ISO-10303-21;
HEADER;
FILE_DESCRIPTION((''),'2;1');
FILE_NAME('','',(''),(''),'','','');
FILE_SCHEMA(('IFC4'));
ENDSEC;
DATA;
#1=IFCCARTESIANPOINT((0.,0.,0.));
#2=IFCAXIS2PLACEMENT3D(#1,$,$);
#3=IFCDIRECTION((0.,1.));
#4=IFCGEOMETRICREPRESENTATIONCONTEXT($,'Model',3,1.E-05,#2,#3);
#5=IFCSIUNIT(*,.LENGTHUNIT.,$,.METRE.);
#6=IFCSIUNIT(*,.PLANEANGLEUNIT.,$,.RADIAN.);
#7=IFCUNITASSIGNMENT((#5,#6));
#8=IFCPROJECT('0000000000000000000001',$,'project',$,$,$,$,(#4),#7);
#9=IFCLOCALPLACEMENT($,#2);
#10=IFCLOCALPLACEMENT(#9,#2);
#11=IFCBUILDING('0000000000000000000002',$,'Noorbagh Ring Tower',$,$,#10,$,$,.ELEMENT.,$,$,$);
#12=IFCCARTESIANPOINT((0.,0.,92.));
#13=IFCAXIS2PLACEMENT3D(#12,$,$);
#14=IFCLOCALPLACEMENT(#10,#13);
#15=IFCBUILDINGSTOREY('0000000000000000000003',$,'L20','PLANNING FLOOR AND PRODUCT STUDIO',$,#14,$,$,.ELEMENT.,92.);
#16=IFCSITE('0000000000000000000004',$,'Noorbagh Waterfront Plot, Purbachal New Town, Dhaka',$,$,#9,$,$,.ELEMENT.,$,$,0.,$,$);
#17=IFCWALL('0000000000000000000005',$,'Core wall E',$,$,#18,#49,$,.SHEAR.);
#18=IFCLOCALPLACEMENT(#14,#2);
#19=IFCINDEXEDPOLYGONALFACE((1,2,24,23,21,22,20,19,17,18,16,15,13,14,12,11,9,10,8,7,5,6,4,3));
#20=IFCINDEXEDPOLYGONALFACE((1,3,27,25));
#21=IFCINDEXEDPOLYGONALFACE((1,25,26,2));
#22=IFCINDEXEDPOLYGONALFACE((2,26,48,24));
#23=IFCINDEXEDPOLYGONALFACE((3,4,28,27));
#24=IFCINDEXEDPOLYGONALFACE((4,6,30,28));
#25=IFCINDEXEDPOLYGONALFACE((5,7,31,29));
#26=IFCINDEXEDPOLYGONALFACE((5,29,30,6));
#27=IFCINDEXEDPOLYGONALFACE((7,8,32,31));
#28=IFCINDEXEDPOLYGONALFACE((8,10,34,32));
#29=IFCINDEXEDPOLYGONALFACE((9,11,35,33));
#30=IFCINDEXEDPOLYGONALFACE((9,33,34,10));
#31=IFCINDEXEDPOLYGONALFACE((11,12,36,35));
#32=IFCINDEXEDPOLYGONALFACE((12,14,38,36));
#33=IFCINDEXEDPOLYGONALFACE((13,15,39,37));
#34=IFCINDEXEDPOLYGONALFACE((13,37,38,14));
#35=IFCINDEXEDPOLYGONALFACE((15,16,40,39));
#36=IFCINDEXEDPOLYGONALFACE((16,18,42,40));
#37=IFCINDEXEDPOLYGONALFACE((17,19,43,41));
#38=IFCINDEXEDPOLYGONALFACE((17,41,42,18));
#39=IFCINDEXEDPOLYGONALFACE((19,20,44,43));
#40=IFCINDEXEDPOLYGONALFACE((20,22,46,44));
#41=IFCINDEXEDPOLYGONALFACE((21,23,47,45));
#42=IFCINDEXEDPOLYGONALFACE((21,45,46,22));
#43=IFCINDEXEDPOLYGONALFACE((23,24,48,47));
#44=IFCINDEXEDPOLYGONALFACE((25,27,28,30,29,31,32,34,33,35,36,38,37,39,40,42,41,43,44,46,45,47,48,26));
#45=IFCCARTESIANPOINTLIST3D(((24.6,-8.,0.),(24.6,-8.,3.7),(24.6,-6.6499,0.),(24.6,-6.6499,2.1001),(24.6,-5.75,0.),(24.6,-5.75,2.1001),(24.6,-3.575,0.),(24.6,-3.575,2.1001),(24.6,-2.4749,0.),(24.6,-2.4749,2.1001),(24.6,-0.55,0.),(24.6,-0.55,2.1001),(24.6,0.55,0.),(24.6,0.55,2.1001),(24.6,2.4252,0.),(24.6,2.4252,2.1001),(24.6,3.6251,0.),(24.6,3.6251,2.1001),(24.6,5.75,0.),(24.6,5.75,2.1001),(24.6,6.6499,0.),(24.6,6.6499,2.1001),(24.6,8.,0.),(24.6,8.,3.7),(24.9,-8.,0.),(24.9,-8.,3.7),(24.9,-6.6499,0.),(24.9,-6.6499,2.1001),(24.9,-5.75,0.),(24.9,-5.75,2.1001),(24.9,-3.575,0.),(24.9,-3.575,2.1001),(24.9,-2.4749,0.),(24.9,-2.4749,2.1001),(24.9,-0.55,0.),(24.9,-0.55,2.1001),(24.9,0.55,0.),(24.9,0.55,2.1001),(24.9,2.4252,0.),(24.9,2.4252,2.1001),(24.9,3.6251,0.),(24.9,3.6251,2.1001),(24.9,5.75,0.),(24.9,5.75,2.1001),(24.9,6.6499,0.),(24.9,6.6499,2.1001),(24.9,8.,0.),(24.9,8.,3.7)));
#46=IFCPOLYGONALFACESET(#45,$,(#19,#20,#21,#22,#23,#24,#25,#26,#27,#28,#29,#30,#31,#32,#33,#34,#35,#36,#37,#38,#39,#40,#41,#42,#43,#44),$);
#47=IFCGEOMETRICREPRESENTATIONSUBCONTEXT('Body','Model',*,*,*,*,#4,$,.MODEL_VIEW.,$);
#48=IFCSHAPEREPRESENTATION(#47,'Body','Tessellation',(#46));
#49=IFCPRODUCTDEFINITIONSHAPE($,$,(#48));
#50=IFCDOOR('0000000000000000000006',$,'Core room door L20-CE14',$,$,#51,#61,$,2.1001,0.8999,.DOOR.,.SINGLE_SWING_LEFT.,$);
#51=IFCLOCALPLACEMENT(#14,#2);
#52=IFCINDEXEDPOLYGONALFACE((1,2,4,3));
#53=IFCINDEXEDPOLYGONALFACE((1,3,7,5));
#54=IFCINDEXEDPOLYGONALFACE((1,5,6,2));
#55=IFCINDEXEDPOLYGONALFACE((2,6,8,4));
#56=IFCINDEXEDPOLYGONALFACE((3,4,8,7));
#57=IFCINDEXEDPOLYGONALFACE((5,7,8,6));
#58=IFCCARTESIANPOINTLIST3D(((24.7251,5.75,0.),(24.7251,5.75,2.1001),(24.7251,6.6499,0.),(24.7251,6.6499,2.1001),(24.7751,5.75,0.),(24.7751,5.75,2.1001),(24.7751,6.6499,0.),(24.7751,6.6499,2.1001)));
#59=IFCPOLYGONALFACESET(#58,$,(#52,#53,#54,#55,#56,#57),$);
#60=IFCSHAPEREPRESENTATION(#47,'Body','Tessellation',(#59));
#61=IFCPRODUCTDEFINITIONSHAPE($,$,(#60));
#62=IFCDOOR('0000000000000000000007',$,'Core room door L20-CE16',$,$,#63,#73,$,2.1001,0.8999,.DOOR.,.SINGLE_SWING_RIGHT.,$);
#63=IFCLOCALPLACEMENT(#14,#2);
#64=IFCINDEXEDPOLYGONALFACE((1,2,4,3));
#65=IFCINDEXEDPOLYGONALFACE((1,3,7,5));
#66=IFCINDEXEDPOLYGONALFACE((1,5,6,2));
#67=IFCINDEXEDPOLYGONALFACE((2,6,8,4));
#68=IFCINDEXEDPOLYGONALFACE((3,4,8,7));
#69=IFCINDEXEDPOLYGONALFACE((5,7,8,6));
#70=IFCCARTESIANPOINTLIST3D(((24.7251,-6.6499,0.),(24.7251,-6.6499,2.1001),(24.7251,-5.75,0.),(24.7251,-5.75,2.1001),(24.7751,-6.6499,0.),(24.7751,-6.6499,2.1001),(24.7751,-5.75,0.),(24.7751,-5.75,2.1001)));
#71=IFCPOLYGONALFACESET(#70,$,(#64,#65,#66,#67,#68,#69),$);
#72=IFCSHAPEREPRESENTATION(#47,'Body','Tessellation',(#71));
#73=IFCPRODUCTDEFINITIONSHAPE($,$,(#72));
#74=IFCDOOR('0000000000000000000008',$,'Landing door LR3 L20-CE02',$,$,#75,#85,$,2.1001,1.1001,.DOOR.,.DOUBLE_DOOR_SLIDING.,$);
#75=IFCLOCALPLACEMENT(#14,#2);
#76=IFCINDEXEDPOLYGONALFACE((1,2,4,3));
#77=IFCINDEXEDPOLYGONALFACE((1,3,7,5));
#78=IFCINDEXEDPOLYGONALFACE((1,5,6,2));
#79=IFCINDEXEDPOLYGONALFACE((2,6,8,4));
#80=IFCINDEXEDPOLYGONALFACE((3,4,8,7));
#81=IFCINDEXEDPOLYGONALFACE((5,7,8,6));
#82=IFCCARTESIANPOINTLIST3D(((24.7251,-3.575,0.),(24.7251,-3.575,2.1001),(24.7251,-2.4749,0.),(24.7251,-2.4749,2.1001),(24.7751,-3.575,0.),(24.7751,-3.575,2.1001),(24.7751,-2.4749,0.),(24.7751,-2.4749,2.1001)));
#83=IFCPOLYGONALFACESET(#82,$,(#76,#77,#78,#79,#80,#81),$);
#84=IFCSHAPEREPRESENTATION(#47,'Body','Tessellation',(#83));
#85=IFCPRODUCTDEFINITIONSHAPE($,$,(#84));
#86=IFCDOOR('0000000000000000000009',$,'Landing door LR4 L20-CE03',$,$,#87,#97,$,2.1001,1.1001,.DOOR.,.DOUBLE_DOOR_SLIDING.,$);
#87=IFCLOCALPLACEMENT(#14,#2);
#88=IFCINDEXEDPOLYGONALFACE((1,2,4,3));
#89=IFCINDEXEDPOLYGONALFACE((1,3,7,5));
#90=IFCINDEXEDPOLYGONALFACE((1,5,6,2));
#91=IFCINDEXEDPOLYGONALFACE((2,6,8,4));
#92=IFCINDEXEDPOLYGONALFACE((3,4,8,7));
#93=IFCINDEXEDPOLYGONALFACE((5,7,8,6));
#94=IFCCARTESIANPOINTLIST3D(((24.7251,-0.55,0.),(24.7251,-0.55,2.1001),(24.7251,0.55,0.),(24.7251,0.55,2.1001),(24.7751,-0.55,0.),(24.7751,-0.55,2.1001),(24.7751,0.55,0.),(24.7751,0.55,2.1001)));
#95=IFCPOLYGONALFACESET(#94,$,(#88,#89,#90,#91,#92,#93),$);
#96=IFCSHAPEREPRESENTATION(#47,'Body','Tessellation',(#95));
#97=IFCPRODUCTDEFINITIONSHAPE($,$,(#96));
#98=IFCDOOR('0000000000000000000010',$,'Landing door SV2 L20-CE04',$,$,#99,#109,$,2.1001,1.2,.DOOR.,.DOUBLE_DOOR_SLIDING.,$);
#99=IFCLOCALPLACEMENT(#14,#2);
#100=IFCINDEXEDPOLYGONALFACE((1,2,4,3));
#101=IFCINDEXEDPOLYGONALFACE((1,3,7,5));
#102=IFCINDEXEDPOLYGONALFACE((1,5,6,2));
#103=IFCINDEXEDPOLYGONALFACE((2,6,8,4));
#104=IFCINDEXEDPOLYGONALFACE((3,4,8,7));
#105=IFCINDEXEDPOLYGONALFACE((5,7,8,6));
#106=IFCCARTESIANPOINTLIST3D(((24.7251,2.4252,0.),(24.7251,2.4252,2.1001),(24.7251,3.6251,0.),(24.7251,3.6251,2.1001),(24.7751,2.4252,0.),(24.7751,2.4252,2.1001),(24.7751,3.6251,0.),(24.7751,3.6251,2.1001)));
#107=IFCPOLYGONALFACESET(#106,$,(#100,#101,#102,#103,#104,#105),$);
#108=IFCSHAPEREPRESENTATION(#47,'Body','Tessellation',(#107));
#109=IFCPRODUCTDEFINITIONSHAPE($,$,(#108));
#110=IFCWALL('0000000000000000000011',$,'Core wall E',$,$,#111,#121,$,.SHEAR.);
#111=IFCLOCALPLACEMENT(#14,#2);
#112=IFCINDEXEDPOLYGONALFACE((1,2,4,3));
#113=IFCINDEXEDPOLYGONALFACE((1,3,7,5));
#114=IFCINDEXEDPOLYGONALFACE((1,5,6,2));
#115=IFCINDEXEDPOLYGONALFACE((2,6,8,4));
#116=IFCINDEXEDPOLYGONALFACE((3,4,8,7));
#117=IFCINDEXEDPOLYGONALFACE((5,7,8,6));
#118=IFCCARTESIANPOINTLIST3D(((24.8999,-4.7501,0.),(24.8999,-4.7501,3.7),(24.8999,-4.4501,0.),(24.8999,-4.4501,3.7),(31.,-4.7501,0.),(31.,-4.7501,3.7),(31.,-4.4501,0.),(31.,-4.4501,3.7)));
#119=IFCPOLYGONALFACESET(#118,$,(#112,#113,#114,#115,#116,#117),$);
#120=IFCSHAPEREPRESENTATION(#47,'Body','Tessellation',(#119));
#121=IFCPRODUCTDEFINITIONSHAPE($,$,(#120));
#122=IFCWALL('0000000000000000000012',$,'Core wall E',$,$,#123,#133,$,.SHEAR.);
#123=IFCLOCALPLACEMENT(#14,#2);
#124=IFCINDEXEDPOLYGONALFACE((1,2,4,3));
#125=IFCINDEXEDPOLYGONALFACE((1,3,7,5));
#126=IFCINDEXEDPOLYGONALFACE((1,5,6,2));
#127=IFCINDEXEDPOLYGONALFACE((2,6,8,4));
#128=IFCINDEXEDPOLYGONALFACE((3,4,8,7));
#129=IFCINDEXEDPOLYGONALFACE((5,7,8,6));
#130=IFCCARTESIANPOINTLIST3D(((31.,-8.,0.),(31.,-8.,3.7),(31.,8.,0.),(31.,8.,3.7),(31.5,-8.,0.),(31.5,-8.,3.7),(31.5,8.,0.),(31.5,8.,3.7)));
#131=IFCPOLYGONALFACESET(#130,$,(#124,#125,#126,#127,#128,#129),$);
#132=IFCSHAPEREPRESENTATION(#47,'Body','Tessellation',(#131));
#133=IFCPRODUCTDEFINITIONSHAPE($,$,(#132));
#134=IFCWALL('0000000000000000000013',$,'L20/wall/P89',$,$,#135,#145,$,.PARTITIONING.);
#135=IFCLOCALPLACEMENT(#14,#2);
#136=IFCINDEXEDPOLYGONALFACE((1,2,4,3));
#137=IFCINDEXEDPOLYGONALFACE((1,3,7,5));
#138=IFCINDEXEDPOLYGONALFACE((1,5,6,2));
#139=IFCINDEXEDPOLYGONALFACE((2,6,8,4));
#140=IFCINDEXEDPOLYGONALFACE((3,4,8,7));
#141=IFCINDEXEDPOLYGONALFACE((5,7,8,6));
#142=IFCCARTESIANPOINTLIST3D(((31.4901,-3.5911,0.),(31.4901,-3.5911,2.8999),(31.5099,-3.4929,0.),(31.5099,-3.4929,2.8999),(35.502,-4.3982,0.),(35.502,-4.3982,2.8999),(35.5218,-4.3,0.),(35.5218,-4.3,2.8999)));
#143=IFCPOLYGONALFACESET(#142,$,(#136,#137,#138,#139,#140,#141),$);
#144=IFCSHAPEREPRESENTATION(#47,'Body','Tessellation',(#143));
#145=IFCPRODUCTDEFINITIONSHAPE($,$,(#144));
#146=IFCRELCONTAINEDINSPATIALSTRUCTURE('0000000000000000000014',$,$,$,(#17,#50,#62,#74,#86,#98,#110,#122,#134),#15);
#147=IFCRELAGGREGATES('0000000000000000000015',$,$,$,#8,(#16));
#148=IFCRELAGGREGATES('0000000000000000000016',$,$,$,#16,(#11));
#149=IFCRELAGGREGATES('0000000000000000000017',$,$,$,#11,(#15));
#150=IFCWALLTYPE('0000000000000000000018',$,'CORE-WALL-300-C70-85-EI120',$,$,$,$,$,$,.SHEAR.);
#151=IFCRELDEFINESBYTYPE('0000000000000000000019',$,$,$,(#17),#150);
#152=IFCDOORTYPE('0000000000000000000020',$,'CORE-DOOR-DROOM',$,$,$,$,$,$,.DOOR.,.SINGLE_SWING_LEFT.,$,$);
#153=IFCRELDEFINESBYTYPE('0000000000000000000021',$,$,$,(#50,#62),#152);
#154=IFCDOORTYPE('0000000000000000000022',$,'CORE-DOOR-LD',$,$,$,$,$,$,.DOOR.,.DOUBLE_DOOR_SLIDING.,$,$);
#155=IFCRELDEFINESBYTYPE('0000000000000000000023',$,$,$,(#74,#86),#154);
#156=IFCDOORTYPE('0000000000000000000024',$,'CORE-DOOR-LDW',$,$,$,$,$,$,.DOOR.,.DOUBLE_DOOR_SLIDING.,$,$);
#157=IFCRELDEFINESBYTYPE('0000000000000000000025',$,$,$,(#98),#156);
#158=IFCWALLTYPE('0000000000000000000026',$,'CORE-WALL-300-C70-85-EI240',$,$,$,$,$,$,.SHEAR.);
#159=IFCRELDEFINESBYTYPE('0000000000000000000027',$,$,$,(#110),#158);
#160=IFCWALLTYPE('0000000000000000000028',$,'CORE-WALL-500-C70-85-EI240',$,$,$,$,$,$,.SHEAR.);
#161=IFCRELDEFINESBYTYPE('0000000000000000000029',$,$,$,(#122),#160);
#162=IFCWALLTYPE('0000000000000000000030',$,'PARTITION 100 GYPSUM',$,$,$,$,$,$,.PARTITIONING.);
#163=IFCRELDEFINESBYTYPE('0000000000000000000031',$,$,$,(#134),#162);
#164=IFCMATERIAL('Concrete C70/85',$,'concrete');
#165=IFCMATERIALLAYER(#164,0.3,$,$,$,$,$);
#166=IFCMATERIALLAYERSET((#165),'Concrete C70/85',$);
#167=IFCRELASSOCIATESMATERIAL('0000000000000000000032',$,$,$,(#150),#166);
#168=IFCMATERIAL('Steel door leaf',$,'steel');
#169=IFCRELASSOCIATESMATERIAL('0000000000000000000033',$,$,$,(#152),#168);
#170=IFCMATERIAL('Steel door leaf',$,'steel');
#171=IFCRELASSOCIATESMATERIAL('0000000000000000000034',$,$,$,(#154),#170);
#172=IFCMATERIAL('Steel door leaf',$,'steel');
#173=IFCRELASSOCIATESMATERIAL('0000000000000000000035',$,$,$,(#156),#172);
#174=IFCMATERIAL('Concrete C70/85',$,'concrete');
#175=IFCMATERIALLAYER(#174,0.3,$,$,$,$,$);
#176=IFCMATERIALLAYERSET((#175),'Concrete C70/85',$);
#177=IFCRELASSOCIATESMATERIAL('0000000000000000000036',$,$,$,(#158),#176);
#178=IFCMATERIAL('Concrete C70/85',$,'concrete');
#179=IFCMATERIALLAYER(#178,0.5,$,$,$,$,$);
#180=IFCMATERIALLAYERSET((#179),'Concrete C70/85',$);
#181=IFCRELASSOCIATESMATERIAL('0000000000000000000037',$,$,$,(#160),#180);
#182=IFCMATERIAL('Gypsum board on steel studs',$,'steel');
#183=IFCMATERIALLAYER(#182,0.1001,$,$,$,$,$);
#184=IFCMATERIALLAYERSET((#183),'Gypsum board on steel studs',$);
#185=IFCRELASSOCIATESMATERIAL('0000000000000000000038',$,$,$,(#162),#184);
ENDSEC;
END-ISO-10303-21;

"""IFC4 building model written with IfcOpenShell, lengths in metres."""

from ifc_helpers import new_model, si_unit, direction, frame, frame_2d, origin, place, context, subcontext, project, spatial, rectangle, extrude, material, layer, layer_set, type_object, element, fill, save


model = new_model("IFC4")

# Units and contexts
model_context = context("Model", 3, precision=1e-05, world=origin(), true_north=direction((0.0, 1.0)))
body_context = subcontext(model_context, "Body", "Model", "MODEL_VIEW")
ifc_project = project(units=[si_unit("LENGTHUNIT", "METRE"), si_unit("PLANEANGLEUNIT", "RADIAN")], contexts=[model_context])

# Site, building, storey
site_placement = place(None, origin())
site = spatial("IfcSite", under=ifc_project, at=site_placement, Name="Noorbagh Waterfront Plot, Purbachal New Town, Dhaka", CompositionType="ELEMENT", RefElevation=0.0)
building_placement = place(site_placement, origin())
building = spatial("IfcBuilding", under=site, at=building_placement, Name="Noorbagh Ring Tower", CompositionType="ELEMENT")
storey_placement = place(building_placement, frame((0.0, 0.0, 92.0)))
storey = spatial("IfcBuildingStorey", under=building, at=storey_placement, Name="L20", Description="PLANNING FLOOR AND PRODUCT STUDIO", CompositionType="ELEMENT", Elevation=92.0)

# Shared definitions
ifc_material_1 = material(Name="Concrete C70/85", Category="concrete")
ifc_layer_1 = layer(ifc_material_1, 0.3)
ifc_layer_set_1 = layer_set([ifc_layer_1], Name="Concrete C70/85")
wall_type_1 = type_object("IfcWallType", Name="CORE-WALL-300-C70-85-EI120", PredefinedType="SHEAR", material=ifc_layer_set_1)

# Wall, openings, doors
wall_1_placement = place(storey_placement, frame((24.75, -8.0, 0.0), z_axis=(0.0, 0.0, 1.0), x_axis=(0.0, 1.0, 0.0)))
wall_1 = element("IfcWall", 1, at=wall_1_placement, inside=storey, type_object=wall_type_1, Name="Core wall E", PredefinedType="SHEAR", context=body_context, shape_type="SweptSolid", body=[
    extrude(rectangle(XDim=16.0, YDim=0.3, at=frame_2d((8.0, 0.0))), origin(), (0.0, 0.0, 1.0), 3.7),
])
opening_1_placement = place(wall_1_placement, frame((4.425, 0.0, 0.0)))
opening_1 = element("IfcOpeningElement", 2, at=opening_1_placement, cuts=wall_1, PredefinedType="OPENING", context=body_context, shape_type="SweptSolid", body=[
    extrude(rectangle(XDim=1.1001, YDim=2.1001, at=frame_2d((0.55, 1.05))), frame((0.0, 0.1602, 0.0), z_axis=(0.0, -1.0, 0.0), x_axis=(1.0, 0.0, 0.0)), (0.0, 0.0, 1.0), 0.3201),
])
opening_2_placement = place(wall_1_placement, frame((7.45, 0.0, 0.0)))
opening_2 = element("IfcOpeningElement", 3, at=opening_2_placement, cuts=wall_1, PredefinedType="OPENING", context=body_context, shape_type="SweptSolid", body=[
    extrude(rectangle(XDim=1.1001, YDim=2.1001, at=frame_2d((0.55, 1.05))), frame((0.0, 0.1602, 0.0), z_axis=(0.0, -1.0, 0.0), x_axis=(1.0, 0.0, 0.0)), (0.0, 0.0, 1.0), 0.3201),
])
opening_3_placement = place(wall_1_placement, frame((10.425, 0.0, 0.0)))
opening_3 = element("IfcOpeningElement", 4, at=opening_3_placement, cuts=wall_1, PredefinedType="OPENING", context=body_context, shape_type="SweptSolid", body=[
    extrude(rectangle(XDim=1.2, YDim=2.1001, at=frame_2d((0.6001, 1.05))), frame((0.0, 0.1602, 0.0), z_axis=(0.0, -1.0, 0.0), x_axis=(1.0, 0.0, 0.0)), (0.0, 0.0, 1.0), 0.3201),
])
opening_4_placement = place(wall_1_placement, frame((13.75, 0.0, 0.0)))
opening_4 = element("IfcOpeningElement", 5, at=opening_4_placement, cuts=wall_1, PredefinedType="OPENING", context=body_context, shape_type="SweptSolid", body=[
    extrude(rectangle(XDim=0.8999, YDim=2.1001, at=frame_2d((0.45, 1.05))), frame((0.0, 0.1602, 0.0), z_axis=(0.0, -1.0, 0.0), x_axis=(1.0, 0.0, 0.0)), (0.0, 0.0, 1.0), 0.3201),
])
opening_5_placement = place(wall_1_placement, frame((1.3501, 0.0, 0.0)))
opening_5 = element("IfcOpeningElement", 6, at=opening_5_placement, cuts=wall_1, PredefinedType="OPENING", context=body_context, shape_type="SweptSolid", body=[
    extrude(rectangle(XDim=0.8999, YDim=2.1001, at=frame_2d((0.45, 1.05))), frame((0.0, 0.1602, 0.0), z_axis=(0.0, -1.0, 0.0), x_axis=(1.0, 0.0, 0.0)), (0.0, 0.0, 1.0), 0.3201),
])
ifc_material_2 = material(Name="Steel door leaf", Category="steel")
door_type_1 = type_object("IfcDoorType", Name="CORE-DOOR-DROOM", OperationType="SINGLE_SWING_LEFT", PredefinedType="DOOR", material=ifc_material_2)
door_1_placement = place(opening_4_placement, origin())
door_1 = element("IfcDoor", 7, at=door_1_placement, inside=storey, type_object=door_type_1, Name="Core room door L20-CE14", OperationType="SINGLE_SWING_LEFT", OverallHeight=2.1001, OverallWidth=0.8999, PredefinedType="DOOR", context=body_context, shape_type="SweptSolid", body=[
    extrude(rectangle(XDim=0.8999, YDim=2.1001, at=frame_2d((0.45, 1.05))), frame((0.0, 0.0249, 0.0), z_axis=(0.0, -1.0, 0.0), x_axis=(1.0, 0.0, 0.0)), (0.0, 0.0, 1.0), 0.05),
])
fill(opening_4, door_1)
door_2_placement = place(opening_5_placement, origin())
door_2 = element("IfcDoor", 8, at=door_2_placement, inside=storey, type_object=door_type_1, Name="Core room door L20-CE16", OperationType="SINGLE_SWING_RIGHT", OverallHeight=2.1001, OverallWidth=0.8999, PredefinedType="DOOR", context=body_context, shape_type="SweptSolid", body=[
    extrude(rectangle(XDim=0.8999, YDim=2.1001, at=frame_2d((0.45, 1.05))), frame((0.0, 0.0249, 0.0), z_axis=(0.0, -1.0, 0.0), x_axis=(1.0, 0.0, 0.0)), (0.0, 0.0, 1.0), 0.05),
])
fill(opening_5, door_2)
ifc_material_3 = material(Name="Steel door leaf", Category="steel")
door_type_2 = type_object("IfcDoorType", Name="CORE-DOOR-LD", OperationType="DOUBLE_DOOR_SLIDING", PredefinedType="DOOR", material=ifc_material_3)
door_3_placement = place(opening_1_placement, origin())
door_3 = element("IfcDoor", 9, at=door_3_placement, inside=storey, type_object=door_type_2, Name="Landing door LR3 L20-CE02", OperationType="DOUBLE_DOOR_SLIDING", OverallHeight=2.1001, OverallWidth=1.1001, PredefinedType="DOOR", context=body_context, shape_type="SweptSolid", body=[
    extrude(rectangle(XDim=1.1001, YDim=2.1001, at=frame_2d((0.55, 1.05))), frame((0.0, 0.0249, 0.0), z_axis=(0.0, -1.0, 0.0), x_axis=(1.0, 0.0, 0.0)), (0.0, 0.0, 1.0), 0.05),
])
fill(opening_1, door_3)
door_4_placement = place(opening_2_placement, origin())
door_4 = element("IfcDoor", 10, at=door_4_placement, inside=storey, type_object=door_type_2, Name="Landing door LR4 L20-CE03", OperationType="DOUBLE_DOOR_SLIDING", OverallHeight=2.1001, OverallWidth=1.1001, PredefinedType="DOOR", context=body_context, shape_type="SweptSolid", body=[
    extrude(rectangle(XDim=1.1001, YDim=2.1001, at=frame_2d((0.55, 1.05))), frame((0.0, 0.0249, 0.0), z_axis=(0.0, -1.0, 0.0), x_axis=(1.0, 0.0, 0.0)), (0.0, 0.0, 1.0), 0.05),
])
fill(opening_2, door_4)
ifc_material_4 = material(Name="Steel door leaf", Category="steel")
door_type_3 = type_object("IfcDoorType", Name="CORE-DOOR-LDW", OperationType="DOUBLE_DOOR_SLIDING", PredefinedType="DOOR", material=ifc_material_4)
door_5_placement = place(opening_3_placement, origin())
door_5 = element("IfcDoor", 11, at=door_5_placement, inside=storey, type_object=door_type_3, Name="Landing door SV2 L20-CE04", OperationType="DOUBLE_DOOR_SLIDING", OverallHeight=2.1001, OverallWidth=1.2, PredefinedType="DOOR", context=body_context, shape_type="SweptSolid", body=[
    extrude(rectangle(XDim=1.2, YDim=2.1001, at=frame_2d((0.6001, 1.05))), frame((0.0, 0.0249, 0.0), z_axis=(0.0, -1.0, 0.0), x_axis=(1.0, 0.0, 0.0)), (0.0, 0.0, 1.0), 0.05),
])
fill(opening_3, door_5)

# Walls
ifc_material_5 = material(Name="Concrete C70/85", Category="concrete")
ifc_layer_2 = layer(ifc_material_5, 0.3)
ifc_layer_set_2 = layer_set([ifc_layer_2], Name="Concrete C70/85")
wall_type_2 = type_object("IfcWallType", Name="CORE-WALL-300-C70-85-EI240", PredefinedType="SHEAR", material=ifc_layer_set_2)
wall_2_placement = place(storey_placement, frame((24.8999, -4.6001, 0.0), z_axis=(0.0, 0.0, 1.0), x_axis=(1.0, 0.0, 0.0)))
element("IfcWall", 12, at=wall_2_placement, inside=storey, type_object=wall_type_2, Name="Core wall E", PredefinedType="SHEAR", context=body_context, shape_type="SweptSolid", body=[
    extrude(rectangle(XDim=6.1001, YDim=0.3, at=frame_2d((3.05, 0.0))), origin(), (0.0, 0.0, 1.0), 3.7),
])
ifc_material_6 = material(Name="Concrete C70/85", Category="concrete")
ifc_layer_3 = layer(ifc_material_6, 0.5)
ifc_layer_set_3 = layer_set([ifc_layer_3], Name="Concrete C70/85")
wall_type_3 = type_object("IfcWallType", Name="CORE-WALL-500-C70-85-EI240", PredefinedType="SHEAR", material=ifc_layer_set_3)
wall_3_placement = place(storey_placement, frame((31.25, -8.0, 0.0), z_axis=(0.0, 0.0, 1.0), x_axis=(0.0, 1.0, 0.0)))
element("IfcWall", 13, at=wall_3_placement, inside=storey, type_object=wall_type_3, Name="Core wall E", PredefinedType="SHEAR", context=body_context, shape_type="SweptSolid", body=[
    extrude(rectangle(XDim=16.0, YDim=0.5, at=frame_2d((8.0, 0.0))), origin(), (0.0, 0.0, 1.0), 3.7),
])
ifc_material_7 = material(Name="Gypsum board on steel studs", Category="steel")
ifc_layer_4 = layer(ifc_material_7, 0.1001)
ifc_layer_set_4 = layer_set([ifc_layer_4], Name="Gypsum board on steel studs")
wall_type_4 = type_object("IfcWallType", Name="PARTITION 100 GYPSUM", PredefinedType="PARTITIONING", material=ifc_layer_set_4)
wall_4_placement = place(storey_placement, frame((31.5, -3.542, 0.0), z_axis=(0.0, 0.0, 1.0), x_axis=(0.980357, -0.197229, 0.0)))
element("IfcWall", 14, at=wall_4_placement, inside=storey, type_object=wall_type_4, Name="L20/wall/P89", PredefinedType="PARTITIONING", context=body_context, shape_type="SweptSolid", body=[
    extrude(rectangle(XDim=4.0923, YDim=0.1001, at=frame_2d((2.0461, 0.0))), origin(), (0.0, 0.0, 1.0), 2.8999),
])

save(model, "model.ifc")
